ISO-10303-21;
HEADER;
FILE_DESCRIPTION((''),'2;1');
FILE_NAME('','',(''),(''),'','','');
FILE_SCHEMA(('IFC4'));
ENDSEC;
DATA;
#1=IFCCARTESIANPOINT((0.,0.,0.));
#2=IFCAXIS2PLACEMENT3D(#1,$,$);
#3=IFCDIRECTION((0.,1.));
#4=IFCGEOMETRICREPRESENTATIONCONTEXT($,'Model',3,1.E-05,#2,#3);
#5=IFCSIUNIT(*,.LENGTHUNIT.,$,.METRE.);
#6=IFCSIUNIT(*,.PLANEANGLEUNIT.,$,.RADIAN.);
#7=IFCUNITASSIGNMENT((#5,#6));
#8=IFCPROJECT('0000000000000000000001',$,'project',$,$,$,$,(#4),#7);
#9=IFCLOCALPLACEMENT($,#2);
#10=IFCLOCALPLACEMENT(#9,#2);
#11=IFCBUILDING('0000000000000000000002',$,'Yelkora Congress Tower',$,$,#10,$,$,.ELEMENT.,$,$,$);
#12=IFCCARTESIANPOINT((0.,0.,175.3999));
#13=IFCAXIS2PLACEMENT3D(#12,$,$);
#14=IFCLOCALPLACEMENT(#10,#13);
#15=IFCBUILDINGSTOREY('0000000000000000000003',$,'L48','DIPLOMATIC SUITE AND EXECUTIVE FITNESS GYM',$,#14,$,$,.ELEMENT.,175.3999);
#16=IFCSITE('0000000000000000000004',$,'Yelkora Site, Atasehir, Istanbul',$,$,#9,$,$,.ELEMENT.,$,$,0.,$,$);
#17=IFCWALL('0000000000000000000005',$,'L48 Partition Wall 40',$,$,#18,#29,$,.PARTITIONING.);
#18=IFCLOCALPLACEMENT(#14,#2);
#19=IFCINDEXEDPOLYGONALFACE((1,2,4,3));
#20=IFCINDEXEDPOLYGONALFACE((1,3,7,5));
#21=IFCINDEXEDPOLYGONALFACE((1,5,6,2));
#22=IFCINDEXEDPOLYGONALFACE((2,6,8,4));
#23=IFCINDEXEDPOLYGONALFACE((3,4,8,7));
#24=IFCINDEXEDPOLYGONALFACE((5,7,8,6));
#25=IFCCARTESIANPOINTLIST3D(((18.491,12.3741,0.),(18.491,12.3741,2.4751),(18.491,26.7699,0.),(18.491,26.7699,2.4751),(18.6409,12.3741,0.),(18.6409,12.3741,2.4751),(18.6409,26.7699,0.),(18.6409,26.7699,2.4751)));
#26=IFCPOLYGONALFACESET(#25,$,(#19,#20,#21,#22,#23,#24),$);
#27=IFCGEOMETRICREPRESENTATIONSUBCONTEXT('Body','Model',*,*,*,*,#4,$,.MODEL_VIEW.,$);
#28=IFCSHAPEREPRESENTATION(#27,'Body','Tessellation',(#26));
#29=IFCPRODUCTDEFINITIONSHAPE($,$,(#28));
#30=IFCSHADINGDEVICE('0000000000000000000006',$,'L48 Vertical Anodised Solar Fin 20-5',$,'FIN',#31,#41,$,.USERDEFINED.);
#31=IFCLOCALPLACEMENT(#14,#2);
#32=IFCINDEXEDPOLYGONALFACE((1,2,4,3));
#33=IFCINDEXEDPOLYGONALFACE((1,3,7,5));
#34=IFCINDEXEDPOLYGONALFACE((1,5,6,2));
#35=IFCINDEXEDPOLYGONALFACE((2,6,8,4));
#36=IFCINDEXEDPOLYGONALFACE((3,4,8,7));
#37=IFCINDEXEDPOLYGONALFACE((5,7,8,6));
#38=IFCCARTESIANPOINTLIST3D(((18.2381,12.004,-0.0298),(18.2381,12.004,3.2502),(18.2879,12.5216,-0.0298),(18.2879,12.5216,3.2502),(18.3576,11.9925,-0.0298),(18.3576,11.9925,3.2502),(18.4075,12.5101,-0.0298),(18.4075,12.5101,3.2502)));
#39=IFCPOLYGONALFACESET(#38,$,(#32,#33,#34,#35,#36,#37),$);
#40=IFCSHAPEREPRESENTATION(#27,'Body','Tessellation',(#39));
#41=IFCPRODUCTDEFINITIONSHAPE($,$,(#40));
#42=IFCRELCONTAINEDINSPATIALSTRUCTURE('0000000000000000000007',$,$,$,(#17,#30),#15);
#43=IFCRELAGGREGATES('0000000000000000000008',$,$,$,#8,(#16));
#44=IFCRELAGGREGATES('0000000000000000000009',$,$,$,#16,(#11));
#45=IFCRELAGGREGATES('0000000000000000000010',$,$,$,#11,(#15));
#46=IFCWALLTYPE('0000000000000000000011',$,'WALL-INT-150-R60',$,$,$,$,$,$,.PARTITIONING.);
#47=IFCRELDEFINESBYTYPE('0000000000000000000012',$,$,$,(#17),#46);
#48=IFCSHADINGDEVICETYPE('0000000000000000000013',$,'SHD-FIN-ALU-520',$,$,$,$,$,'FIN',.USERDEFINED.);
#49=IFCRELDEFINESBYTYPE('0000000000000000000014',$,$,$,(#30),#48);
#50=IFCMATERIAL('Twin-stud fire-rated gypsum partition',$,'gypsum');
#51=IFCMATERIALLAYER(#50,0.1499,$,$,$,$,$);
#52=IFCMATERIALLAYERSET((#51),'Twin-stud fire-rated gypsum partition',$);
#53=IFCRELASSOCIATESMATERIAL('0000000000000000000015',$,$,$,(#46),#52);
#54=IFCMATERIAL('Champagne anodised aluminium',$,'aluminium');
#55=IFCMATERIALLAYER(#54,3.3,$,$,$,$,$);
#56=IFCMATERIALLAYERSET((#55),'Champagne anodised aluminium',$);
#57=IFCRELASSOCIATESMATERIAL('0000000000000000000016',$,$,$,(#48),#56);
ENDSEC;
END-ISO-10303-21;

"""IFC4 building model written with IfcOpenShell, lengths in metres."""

from ifc_helpers import new_model, si_unit, direction, frame, frame_2d, origin, origin_2d, place, context, subcontext, project, spatial, rectangle, extrude, material, layer, layer_set, type_object, element, save


model = new_model("IFC4")

# Units and contexts
model_context = context("Model", 3, precision=1e-05, world=origin(), true_north=direction((0.0, 1.0)))
body_context = subcontext(model_context, "Body", "Model", "MODEL_VIEW")
ifc_project = project(units=[si_unit("LENGTHUNIT", "METRE"), si_unit("PLANEANGLEUNIT", "RADIAN")], contexts=[model_context])

# Site, building, storey
site_placement = place(None, origin())
site = spatial("IfcSite", under=ifc_project, at=site_placement, Name="Yelkora Site, Atasehir, Istanbul", CompositionType="ELEMENT", RefElevation=0.0)
building_placement = place(site_placement, origin())
building = spatial("IfcBuilding", under=site, at=building_placement, Name="Yelkora Congress Tower", CompositionType="ELEMENT")
storey_placement = place(building_placement, frame((0.0, 0.0, 175.3999)))
storey = spatial("IfcBuildingStorey", under=building, at=storey_placement, Name="L48", Description="DIPLOMATIC SUITE AND EXECUTIVE FITNESS GYM", CompositionType="ELEMENT", Elevation=175.3999)

# Wall
ifc_material_1 = material(Name="Twin-stud fire-rated gypsum partition", Category="gypsum")
ifc_layer_1 = layer(ifc_material_1, 0.1499)
ifc_layer_set_1 = layer_set([ifc_layer_1], Name="Twin-stud fire-rated gypsum partition")
wall_type_1 = type_object("IfcWallType", Name="WALL-INT-150-R60", PredefinedType="PARTITIONING", material=ifc_layer_set_1)
wall_1_placement = place(storey_placement, frame((18.5659, 12.3743, 0.0), z_axis=(0.0, 0.0, 1.0), x_axis=(0.0, 1.0, 0.0)))
element("IfcWall", 1, at=wall_1_placement, inside=storey, type_object=wall_type_1, Name="L48 Partition Wall 40", PredefinedType="PARTITIONING", context=body_context, shape_type="SweptSolid", body=[
    extrude(rectangle(XDim=14.3958, YDim=0.1499, at=frame_2d((7.1978, 0.0))), origin(), (0.0, 0.0, 1.0), 2.4751),
])

# Shading device
ifc_material_2 = material(Name="Champagne anodised aluminium", Category="aluminium")
ifc_layer_2 = layer(ifc_material_2, 3.3)
ifc_layer_set_2 = layer_set([ifc_layer_2], Name="Champagne anodised aluminium")
shading_device_type = type_object("IfcShadingDeviceType", Name="SHD-FIN-ALU-520", ElementType="FIN", PredefinedType="USERDEFINED", material=ifc_layer_set_2)
shading_device_placement = place(storey_placement, frame((18.3228, 12.2571, -0.0298), z_axis=(0.0, 0.0, 1.0), x_axis=(-0.995396, 0.095846, 0.0)))
element("IfcShadingDevice", 2, at=shading_device_placement, inside=storey, type_object=shading_device_type, Name="L48 Vertical Anodised Solar Fin 20-5", ObjectType="FIN", PredefinedType="USERDEFINED", context=body_context, shape_type="SweptSolid", body=[
    extrude(rectangle(XDim=0.1201, YDim=0.52, at=origin_2d()), origin(), (0.0, 0.0, 1.0), 3.28),
])

save(model, "model.ifc")
